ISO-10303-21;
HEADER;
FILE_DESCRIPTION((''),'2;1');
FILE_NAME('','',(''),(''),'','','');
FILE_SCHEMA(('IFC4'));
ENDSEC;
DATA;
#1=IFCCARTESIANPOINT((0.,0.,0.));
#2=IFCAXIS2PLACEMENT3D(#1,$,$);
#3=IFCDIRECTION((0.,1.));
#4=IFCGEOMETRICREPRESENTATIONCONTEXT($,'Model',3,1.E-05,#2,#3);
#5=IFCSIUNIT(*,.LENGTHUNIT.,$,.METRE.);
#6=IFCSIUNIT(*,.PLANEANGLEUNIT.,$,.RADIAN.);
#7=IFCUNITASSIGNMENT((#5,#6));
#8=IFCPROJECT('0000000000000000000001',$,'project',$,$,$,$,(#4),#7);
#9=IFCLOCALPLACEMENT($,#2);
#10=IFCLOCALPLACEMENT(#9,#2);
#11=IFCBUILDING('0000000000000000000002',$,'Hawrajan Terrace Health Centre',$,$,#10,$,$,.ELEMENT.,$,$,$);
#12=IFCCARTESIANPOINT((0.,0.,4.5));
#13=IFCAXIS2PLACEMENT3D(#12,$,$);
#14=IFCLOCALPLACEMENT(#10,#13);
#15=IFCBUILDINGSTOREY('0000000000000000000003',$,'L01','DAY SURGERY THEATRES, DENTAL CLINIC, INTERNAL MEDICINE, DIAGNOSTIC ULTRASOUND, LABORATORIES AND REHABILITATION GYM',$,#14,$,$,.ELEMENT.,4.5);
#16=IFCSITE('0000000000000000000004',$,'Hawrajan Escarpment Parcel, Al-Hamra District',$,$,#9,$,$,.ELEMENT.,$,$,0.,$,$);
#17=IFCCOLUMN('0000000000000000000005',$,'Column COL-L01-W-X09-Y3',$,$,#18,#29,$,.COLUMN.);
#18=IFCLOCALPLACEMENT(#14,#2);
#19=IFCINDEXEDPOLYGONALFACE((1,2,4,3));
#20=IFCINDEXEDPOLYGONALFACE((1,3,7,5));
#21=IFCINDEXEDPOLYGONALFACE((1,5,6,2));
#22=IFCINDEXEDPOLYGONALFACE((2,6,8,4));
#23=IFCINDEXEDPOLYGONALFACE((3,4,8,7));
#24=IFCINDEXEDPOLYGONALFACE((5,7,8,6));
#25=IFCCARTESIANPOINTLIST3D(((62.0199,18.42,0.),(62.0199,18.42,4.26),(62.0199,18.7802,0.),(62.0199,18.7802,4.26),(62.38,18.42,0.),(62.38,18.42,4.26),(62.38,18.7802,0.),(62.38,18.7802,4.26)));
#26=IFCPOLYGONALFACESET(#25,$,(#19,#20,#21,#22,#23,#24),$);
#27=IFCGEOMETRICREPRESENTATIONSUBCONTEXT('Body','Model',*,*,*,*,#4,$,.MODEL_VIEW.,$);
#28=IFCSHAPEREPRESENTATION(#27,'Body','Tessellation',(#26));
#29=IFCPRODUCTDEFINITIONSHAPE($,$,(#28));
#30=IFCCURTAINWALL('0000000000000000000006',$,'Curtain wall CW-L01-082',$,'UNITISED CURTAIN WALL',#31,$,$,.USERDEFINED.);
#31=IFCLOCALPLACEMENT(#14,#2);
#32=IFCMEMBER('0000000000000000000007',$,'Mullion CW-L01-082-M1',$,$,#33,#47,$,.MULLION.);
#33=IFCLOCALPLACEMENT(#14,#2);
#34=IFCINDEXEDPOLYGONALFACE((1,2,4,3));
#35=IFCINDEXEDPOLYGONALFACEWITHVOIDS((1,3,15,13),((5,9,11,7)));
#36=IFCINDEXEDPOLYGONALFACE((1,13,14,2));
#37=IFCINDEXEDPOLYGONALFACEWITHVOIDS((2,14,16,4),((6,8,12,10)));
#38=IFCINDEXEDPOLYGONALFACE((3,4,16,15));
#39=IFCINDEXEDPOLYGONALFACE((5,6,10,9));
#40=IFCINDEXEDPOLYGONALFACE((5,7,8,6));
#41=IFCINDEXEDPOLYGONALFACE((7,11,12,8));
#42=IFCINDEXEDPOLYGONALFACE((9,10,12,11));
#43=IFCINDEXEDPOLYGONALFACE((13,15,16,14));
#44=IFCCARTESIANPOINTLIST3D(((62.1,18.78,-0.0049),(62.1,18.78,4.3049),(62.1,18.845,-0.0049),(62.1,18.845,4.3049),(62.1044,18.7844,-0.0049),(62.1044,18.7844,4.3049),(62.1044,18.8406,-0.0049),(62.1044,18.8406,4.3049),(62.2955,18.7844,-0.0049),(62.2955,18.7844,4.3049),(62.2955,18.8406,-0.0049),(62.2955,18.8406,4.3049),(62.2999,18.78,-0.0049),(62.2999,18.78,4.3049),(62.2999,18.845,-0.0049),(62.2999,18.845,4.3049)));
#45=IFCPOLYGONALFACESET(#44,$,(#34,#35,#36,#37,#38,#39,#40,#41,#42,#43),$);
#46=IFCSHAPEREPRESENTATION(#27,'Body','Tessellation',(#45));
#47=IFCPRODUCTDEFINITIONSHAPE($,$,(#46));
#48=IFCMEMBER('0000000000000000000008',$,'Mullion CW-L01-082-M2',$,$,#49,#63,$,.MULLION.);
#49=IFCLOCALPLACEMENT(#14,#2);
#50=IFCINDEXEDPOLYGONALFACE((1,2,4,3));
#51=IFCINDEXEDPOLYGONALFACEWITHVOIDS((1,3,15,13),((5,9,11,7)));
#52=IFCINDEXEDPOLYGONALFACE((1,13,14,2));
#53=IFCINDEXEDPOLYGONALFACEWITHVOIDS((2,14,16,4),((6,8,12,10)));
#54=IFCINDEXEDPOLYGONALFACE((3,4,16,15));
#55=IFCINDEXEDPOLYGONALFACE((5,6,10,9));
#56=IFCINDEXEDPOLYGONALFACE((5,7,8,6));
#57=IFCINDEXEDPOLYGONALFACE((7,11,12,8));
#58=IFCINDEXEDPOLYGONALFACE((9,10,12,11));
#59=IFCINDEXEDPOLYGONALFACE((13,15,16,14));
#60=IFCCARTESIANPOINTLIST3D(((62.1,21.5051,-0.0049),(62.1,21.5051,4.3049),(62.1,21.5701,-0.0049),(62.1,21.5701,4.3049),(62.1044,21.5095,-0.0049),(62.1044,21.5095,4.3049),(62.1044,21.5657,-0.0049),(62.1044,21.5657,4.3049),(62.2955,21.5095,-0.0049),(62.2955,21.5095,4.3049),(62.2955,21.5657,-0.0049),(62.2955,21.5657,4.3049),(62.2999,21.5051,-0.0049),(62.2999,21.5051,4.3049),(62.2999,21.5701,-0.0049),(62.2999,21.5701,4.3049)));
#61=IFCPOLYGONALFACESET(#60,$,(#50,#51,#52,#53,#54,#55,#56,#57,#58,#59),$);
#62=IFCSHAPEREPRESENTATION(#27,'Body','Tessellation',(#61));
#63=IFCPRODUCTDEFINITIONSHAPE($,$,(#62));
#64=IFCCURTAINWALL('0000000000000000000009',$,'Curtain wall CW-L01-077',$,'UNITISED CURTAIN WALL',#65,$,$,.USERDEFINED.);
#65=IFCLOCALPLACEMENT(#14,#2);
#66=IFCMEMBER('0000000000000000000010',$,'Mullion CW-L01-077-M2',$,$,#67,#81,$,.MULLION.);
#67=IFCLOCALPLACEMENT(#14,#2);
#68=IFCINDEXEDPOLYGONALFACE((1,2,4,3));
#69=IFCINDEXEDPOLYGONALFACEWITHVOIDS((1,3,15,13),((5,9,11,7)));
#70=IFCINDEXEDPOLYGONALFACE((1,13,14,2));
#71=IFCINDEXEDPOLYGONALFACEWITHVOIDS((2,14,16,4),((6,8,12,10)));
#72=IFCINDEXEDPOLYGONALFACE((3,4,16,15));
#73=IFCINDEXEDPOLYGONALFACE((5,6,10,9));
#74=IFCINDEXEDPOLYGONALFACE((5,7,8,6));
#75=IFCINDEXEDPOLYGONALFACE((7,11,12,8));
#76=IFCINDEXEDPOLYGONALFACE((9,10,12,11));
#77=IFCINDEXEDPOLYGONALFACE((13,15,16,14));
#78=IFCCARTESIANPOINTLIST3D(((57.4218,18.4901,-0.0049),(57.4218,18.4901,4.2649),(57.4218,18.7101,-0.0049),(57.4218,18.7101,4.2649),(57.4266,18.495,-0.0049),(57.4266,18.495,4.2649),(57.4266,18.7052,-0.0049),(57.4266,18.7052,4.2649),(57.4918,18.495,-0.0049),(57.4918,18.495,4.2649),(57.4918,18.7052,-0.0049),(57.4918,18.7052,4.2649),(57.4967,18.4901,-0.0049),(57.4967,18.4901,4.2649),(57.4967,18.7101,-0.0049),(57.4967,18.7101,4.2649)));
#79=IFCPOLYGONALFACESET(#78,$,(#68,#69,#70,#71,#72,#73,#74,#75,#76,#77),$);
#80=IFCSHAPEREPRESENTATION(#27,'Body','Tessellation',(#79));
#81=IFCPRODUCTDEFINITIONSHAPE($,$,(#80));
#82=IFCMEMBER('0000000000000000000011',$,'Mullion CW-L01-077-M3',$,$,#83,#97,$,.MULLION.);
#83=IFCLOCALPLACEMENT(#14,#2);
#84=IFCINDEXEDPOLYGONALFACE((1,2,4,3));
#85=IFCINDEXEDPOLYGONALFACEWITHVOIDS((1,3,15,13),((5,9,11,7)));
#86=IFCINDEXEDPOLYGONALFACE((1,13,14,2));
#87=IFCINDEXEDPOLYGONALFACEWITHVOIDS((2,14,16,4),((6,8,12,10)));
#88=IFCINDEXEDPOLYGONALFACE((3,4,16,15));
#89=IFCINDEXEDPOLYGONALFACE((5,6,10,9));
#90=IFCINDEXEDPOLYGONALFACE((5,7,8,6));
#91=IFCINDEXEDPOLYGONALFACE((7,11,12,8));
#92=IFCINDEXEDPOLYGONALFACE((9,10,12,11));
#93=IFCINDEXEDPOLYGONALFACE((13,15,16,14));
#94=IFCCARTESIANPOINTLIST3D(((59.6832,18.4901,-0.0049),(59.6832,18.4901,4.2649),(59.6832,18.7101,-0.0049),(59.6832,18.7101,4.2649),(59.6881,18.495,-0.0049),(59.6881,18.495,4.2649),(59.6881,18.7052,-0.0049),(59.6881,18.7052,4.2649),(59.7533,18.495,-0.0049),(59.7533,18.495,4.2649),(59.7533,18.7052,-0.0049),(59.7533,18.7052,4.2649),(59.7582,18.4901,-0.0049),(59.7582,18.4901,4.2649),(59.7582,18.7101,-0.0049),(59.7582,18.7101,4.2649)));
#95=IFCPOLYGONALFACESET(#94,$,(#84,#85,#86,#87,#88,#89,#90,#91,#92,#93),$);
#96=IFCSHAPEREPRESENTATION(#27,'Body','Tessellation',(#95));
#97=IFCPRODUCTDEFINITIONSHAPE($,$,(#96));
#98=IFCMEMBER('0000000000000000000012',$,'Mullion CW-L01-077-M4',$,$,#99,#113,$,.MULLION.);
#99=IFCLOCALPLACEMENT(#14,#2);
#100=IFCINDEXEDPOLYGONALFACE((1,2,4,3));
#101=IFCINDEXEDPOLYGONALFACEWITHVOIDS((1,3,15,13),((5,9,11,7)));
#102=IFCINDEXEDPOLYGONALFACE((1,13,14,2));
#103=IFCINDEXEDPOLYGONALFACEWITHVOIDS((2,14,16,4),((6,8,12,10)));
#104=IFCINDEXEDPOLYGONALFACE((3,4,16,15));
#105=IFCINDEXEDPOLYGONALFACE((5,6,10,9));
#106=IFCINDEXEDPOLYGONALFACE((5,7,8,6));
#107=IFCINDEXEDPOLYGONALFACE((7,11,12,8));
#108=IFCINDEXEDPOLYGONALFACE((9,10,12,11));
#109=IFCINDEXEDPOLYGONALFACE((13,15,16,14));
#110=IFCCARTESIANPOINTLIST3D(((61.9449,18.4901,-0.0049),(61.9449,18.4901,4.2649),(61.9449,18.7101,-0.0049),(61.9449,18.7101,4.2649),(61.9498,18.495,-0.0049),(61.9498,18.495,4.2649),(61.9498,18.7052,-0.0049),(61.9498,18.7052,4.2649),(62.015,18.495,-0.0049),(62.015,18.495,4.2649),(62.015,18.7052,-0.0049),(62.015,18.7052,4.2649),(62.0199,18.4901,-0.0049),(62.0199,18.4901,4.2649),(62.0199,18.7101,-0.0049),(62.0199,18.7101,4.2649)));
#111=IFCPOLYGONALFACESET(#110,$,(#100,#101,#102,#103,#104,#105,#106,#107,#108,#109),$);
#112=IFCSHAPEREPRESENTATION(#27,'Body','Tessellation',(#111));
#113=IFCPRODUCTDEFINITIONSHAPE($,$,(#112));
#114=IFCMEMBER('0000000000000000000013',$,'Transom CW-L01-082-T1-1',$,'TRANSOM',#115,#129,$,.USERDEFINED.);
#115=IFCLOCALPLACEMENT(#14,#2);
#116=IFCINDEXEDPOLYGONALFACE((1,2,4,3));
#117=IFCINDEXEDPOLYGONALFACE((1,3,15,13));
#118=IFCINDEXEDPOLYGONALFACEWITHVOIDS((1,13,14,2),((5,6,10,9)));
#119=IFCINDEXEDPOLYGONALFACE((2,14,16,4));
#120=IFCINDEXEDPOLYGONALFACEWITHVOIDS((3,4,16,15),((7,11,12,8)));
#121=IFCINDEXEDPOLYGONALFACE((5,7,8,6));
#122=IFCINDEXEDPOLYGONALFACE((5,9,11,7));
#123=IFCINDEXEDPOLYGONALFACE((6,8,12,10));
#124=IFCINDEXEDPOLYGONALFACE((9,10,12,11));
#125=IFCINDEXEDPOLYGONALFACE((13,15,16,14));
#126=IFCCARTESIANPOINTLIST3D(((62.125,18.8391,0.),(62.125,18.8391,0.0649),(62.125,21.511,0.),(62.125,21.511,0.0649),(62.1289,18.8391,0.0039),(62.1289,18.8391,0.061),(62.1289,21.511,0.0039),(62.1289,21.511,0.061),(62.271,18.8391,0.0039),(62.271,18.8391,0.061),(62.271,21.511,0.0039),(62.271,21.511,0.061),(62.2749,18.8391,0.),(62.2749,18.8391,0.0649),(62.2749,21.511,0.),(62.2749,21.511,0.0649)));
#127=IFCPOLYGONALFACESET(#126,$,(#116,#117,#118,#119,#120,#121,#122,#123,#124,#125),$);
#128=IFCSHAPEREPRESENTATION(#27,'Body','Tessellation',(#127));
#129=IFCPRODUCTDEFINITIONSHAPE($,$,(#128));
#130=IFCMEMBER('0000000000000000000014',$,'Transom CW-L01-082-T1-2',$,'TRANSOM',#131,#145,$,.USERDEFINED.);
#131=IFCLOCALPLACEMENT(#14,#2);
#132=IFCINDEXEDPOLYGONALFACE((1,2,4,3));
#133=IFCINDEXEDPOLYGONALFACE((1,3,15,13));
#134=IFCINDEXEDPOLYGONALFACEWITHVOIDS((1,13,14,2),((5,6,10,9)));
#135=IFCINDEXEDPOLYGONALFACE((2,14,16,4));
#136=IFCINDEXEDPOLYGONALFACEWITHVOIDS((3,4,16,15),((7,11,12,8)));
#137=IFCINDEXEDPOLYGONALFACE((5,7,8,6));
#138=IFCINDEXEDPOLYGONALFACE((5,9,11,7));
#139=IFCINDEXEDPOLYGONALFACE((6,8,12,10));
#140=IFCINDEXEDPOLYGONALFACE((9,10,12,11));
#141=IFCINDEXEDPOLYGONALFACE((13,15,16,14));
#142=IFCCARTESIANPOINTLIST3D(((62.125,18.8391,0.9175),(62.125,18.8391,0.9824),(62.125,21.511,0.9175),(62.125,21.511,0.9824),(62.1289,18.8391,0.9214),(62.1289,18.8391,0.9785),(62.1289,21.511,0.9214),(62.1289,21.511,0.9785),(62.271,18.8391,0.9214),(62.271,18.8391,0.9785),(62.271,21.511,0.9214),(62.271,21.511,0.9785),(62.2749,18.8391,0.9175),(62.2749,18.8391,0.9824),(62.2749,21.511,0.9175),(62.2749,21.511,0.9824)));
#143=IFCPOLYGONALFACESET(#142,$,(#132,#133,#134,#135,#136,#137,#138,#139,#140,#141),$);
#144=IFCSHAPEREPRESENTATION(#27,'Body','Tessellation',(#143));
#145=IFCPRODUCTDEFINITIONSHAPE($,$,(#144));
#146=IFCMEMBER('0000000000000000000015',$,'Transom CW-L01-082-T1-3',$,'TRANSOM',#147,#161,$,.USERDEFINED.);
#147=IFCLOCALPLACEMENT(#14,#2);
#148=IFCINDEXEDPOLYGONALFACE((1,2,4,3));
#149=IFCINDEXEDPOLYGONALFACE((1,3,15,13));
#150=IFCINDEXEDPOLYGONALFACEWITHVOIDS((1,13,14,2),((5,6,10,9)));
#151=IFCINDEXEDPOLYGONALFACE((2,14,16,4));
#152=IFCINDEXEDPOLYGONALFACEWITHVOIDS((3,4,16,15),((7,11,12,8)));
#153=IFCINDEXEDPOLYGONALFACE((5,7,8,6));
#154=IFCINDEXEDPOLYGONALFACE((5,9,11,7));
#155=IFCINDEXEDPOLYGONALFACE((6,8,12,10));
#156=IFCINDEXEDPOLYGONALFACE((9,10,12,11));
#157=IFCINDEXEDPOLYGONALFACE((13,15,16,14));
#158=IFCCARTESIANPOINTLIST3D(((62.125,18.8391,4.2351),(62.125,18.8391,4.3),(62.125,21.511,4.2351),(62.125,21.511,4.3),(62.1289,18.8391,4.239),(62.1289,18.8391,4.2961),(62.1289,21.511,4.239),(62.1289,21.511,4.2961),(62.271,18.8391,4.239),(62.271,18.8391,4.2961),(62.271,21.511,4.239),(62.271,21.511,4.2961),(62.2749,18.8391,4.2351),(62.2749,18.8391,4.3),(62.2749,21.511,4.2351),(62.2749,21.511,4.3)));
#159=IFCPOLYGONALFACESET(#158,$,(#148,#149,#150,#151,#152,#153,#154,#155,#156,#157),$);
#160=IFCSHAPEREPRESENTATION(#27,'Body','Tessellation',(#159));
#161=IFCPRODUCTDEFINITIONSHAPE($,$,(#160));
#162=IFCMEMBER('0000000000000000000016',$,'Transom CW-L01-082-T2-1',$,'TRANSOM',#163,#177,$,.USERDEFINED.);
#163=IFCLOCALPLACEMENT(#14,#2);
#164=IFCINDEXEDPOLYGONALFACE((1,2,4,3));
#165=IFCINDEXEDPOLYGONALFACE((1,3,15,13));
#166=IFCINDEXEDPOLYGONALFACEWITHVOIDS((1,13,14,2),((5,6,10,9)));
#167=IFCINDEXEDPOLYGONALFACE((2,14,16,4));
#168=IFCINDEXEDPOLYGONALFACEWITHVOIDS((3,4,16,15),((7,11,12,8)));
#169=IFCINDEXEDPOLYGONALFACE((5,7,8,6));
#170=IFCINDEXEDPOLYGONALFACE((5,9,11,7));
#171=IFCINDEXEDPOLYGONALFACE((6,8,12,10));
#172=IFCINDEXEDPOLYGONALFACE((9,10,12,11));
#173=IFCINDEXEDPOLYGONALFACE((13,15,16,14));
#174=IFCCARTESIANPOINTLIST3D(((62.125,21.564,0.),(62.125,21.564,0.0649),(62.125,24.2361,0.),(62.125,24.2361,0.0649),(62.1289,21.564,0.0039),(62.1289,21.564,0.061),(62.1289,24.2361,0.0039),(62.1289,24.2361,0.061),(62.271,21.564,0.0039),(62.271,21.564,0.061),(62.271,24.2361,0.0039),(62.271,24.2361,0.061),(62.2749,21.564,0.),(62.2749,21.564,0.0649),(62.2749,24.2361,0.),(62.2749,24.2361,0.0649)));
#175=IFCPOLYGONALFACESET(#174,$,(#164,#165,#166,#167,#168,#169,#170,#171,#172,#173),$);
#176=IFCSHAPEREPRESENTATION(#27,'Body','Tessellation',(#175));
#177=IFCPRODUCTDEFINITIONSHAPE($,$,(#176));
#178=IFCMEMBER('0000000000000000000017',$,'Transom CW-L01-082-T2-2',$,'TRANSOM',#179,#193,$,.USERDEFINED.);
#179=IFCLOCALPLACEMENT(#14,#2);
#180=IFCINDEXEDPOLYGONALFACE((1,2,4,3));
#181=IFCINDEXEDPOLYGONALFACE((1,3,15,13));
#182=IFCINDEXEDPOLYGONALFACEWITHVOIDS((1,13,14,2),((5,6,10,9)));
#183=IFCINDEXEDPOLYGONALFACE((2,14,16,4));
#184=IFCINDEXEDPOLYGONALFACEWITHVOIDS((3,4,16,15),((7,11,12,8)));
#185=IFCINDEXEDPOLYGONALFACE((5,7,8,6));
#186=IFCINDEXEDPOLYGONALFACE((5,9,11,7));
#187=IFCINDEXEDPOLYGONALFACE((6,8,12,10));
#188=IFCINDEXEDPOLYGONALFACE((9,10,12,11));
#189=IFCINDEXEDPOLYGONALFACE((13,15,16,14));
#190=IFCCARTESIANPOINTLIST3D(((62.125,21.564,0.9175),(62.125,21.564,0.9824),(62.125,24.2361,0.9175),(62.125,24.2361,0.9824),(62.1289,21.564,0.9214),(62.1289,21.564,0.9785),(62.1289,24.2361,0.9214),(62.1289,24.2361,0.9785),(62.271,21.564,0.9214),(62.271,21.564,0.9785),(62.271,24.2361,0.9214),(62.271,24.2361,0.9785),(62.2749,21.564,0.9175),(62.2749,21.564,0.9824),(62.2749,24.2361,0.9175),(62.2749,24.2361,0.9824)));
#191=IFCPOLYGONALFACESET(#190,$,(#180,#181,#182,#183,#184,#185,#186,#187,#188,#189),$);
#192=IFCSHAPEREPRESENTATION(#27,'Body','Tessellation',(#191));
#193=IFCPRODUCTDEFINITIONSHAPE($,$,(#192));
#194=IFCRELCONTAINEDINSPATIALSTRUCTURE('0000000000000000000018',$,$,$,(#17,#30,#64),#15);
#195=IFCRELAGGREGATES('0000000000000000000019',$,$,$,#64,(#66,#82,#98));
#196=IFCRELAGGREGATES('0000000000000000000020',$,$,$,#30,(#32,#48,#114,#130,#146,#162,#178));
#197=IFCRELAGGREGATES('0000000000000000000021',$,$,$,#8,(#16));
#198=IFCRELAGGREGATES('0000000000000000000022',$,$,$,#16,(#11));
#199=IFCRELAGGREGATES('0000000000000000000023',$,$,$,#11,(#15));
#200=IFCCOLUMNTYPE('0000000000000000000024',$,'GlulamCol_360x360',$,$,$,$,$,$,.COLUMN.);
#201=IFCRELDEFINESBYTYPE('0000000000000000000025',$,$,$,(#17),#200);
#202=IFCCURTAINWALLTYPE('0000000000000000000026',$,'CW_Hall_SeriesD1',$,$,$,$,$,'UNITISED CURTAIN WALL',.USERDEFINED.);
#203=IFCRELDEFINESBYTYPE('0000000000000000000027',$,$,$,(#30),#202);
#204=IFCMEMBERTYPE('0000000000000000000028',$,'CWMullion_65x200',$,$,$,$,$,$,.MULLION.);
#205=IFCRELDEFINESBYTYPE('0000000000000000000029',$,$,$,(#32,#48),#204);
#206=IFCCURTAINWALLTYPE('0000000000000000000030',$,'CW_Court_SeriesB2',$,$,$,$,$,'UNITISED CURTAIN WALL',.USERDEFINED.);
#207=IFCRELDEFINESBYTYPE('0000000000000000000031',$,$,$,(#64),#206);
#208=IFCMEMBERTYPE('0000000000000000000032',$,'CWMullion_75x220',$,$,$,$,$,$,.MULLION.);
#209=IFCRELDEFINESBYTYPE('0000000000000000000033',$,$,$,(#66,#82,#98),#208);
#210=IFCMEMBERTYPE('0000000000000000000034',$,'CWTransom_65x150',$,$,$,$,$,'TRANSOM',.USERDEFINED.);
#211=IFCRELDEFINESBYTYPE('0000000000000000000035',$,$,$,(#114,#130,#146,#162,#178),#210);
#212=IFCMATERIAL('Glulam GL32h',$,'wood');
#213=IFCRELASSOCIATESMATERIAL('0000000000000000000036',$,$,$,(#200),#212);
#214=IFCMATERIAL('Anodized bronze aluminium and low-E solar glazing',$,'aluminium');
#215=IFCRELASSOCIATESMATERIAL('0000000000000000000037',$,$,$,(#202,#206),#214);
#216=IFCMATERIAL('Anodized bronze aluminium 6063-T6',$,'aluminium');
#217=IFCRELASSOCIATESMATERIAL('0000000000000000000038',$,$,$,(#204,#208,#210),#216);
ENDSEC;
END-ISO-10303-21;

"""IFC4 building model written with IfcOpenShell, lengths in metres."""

from ifc_helpers import new_model, si_unit, direction, frame, origin, origin_2d, place, context, subcontext, project, spatial, rectangle, hollow_rectangle, extrude, material, material_profile, profile_set, type_object, element, aggregate, save


model = new_model("IFC4")

# Units and contexts
model_context = context("Model", 3, precision=1e-05, world=origin(), true_north=direction((0.0, 1.0)))
body_context = subcontext(model_context, "Body", "Model", "MODEL_VIEW")
ifc_project = project(units=[si_unit("LENGTHUNIT", "METRE"), si_unit("PLANEANGLEUNIT", "RADIAN")], contexts=[model_context])

# Site, building, storey
site_placement = place(None, origin())
site = spatial("IfcSite", under=ifc_project, at=site_placement, Name="Hawrajan Escarpment Parcel, Al-Hamra District", CompositionType="ELEMENT", RefElevation=0.0)
building_placement = place(site_placement, origin())
building = spatial("IfcBuilding", under=site, at=building_placement, Name="Hawrajan Terrace Health Centre", CompositionType="ELEMENT")
storey_placement = place(building_placement, frame((0.0, 0.0, 4.5)))
storey = spatial("IfcBuildingStorey", under=building, at=storey_placement, Name="L01", Description="DAY SURGERY THEATRES, DENTAL CLINIC, INTERNAL MEDICINE, DIAGNOSTIC ULTRASOUND, LABORATORIES AND REHABILITATION GYM", CompositionType="ELEMENT", Elevation=4.5)

# Column
ifc_material_1 = material(Name="Glulam GL32h", Category="wood")
ifc_material_profile_1 = material_profile(ifc_material_1, rectangle(XDim=0.3601, YDim=0.3601, at=origin_2d()), Name="GL 360x360")
ifc_profile_set_1 = profile_set([ifc_material_profile_1], Name="Glulam GL32h")
column_type = type_object("IfcColumnType", Name="GlulamCol_360x360", PredefinedType="COLUMN", material=ifc_profile_set_1)
column_placement = place(storey_placement, frame((62.2, 18.6001, 0.0), z_axis=(0.0, 0.0, 1.0), x_axis=(1.0, 0.0, 0.0)))
element("IfcColumn", 1, at=column_placement, inside=storey, type_object=column_type, Name="Column COL-L01-W-X09-Y3", PredefinedType="COLUMN", context=body_context, shape_type="SweptSolid", body=[
    extrude(rectangle(XDim=0.3601, YDim=0.3601, at=origin_2d()), origin(), (0.0, 0.0, 1.0), 4.26),
])

# Curtain walls, members
ifc_material_2 = material(Name="Anodized bronze aluminium and low-E solar glazing", Category="aluminium")
curtain_wall_type_1 = type_object("IfcCurtainWallType", Name="CW_Hall_SeriesD1", ElementType="UNITISED CURTAIN WALL", PredefinedType="USERDEFINED", material=ifc_material_2)
curtain_wall_1_placement = place(storey_placement, origin())
curtain_wall_1 = element("IfcCurtainWall", 2, at=curtain_wall_1_placement, inside=storey, type_object=curtain_wall_type_1, Name="Curtain wall CW-L01-082", ObjectType="UNITISED CURTAIN WALL", PredefinedType="USERDEFINED")
ifc_material_3 = material(Name="Anodized bronze aluminium 6063-T6", Category="aluminium")
ifc_material_profile_2 = material_profile(ifc_material_3, hollow_rectangle(XDim=0.0649, YDim=0.2, WallThickness=0.0044, at=origin_2d()), Name="CW MUL 65x200")
ifc_profile_set_2 = profile_set([ifc_material_profile_2], Name="Anodized bronze aluminium 6063-T6")
member_type_1 = type_object("IfcMemberType", Name="CWMullion_65x200", PredefinedType="MULLION", material=ifc_profile_set_2)
member_1_placement = place(storey_placement, frame((62.2, 18.8125, -0.0049), z_axis=(0.0, 0.0, 1.0), x_axis=(0.0, 1.0, 0.0)))
member_1 = element("IfcMember", 3, at=member_1_placement, type_object=member_type_1, Name="Mullion CW-L01-082-M1", PredefinedType="MULLION", context=body_context, shape_type="SweptSolid", body=[
    extrude(hollow_rectangle(XDim=0.0649, YDim=0.2, WallThickness=0.0044, at=origin_2d()), origin(), (0.0, 0.0, 1.0), 4.3098),
])
member_2_placement = place(storey_placement, frame((62.2, 21.5376, -0.0049), z_axis=(0.0, 0.0, 1.0), x_axis=(0.0, 1.0, 0.0)))
member_2 = element("IfcMember", 4, at=member_2_placement, type_object=member_type_1, Name="Mullion CW-L01-082-M2", PredefinedType="MULLION", context=body_context, shape_type="SweptSolid", body=[
    extrude(hollow_rectangle(XDim=0.0649, YDim=0.2, WallThickness=0.0044, at=origin_2d()), origin(), (0.0, 0.0, 1.0), 4.3098),
])
curtain_wall_type_2 = type_object("IfcCurtainWallType", Name="CW_Court_SeriesB2", ElementType="UNITISED CURTAIN WALL", PredefinedType="USERDEFINED", material=ifc_material_2)
curtain_wall_2_placement = place(storey_placement, origin())
curtain_wall_2 = element("IfcCurtainWall", 5, at=curtain_wall_2_placement, inside=storey, type_object=curtain_wall_type_2, Name="Curtain wall CW-L01-077", ObjectType="UNITISED CURTAIN WALL", PredefinedType="USERDEFINED")
ifc_material_profile_3 = material_profile(ifc_material_3, hollow_rectangle(XDim=0.075, YDim=0.22, WallThickness=0.0049, at=origin_2d()), Name="CW MUL 75x220")
ifc_profile_set_3 = profile_set([ifc_material_profile_3], Name="Anodized bronze aluminium 6063-T6")
member_type_2 = type_object("IfcMemberType", Name="CWMullion_75x220", PredefinedType="MULLION", material=ifc_profile_set_3)
member_3_placement = place(storey_placement, frame((57.4592, 18.6001, -0.0049), z_axis=(0.0, 0.0, 1.0), x_axis=(1.0, 0.0, 0.0)))
member_3 = element("IfcMember", 6, at=member_3_placement, type_object=member_type_2, Name="Mullion CW-L01-077-M2", PredefinedType="MULLION", context=body_context, shape_type="SweptSolid", body=[
    extrude(hollow_rectangle(XDim=0.075, YDim=0.22, WallThickness=0.0049, at=origin_2d()), origin(), (0.0, 0.0, 1.0), 4.2698),
])
member_4_placement = place(storey_placement, frame((59.7207, 18.6001, -0.0049), z_axis=(0.0, 0.0, 1.0), x_axis=(1.0, 0.0, 0.0)))
member_4 = element("IfcMember", 7, at=member_4_placement, type_object=member_type_2, Name="Mullion CW-L01-077-M3", PredefinedType="MULLION", context=body_context, shape_type="SweptSolid", body=[
    extrude(hollow_rectangle(XDim=0.075, YDim=0.22, WallThickness=0.0049, at=origin_2d()), origin(), (0.0, 0.0, 1.0), 4.2698),
])
member_5_placement = place(storey_placement, frame((61.9824, 18.6001, -0.0049), z_axis=(0.0, 0.0, 1.0), x_axis=(1.0, 0.0, 0.0)))
member_5 = element("IfcMember", 8, at=member_5_placement, type_object=member_type_2, Name="Mullion CW-L01-077-M4", PredefinedType="MULLION", context=body_context, shape_type="SweptSolid", body=[
    extrude(hollow_rectangle(XDim=0.075, YDim=0.22, WallThickness=0.0049, at=origin_2d()), origin(), (0.0, 0.0, 1.0), 4.2698),
])

# Members
ifc_material_profile_4 = material_profile(ifc_material_3, hollow_rectangle(XDim=0.0649, YDim=0.1499, WallThickness=0.0039, at=origin_2d()), Name="CW TRN 65x150")
ifc_profile_set_4 = profile_set([ifc_material_profile_4], Name="Anodized bronze aluminium 6063-T6")
member_type_3 = type_object("IfcMemberType", Name="CWTransom_65x150", ElementType="TRANSOM", PredefinedType="USERDEFINED", material=ifc_profile_set_4)
member_6_placement = place(storey_placement, frame((62.2, 18.8391, 0.0325), z_axis=(0.0, 1.0, 0.0), x_axis=(0.0, 0.0, 1.0)))
member_6 = element("IfcMember", 9, at=member_6_placement, type_object=member_type_3, Name="Transom CW-L01-082-T1-1", ObjectType="TRANSOM", PredefinedType="USERDEFINED", context=body_context, shape_type="SweptSolid", body=[
    extrude(hollow_rectangle(XDim=0.0649, YDim=0.1499, WallThickness=0.0039, at=origin_2d()), origin(), (0.0, 0.0, 1.0), 2.6719),
])
member_7_placement = place(storey_placement, frame((62.2, 18.8391, 0.95), z_axis=(0.0, 1.0, 0.0), x_axis=(0.0, 0.0, 1.0)))
member_7 = element("IfcMember", 10, at=member_7_placement, type_object=member_type_3, Name="Transom CW-L01-082-T1-2", ObjectType="TRANSOM", PredefinedType="USERDEFINED", context=body_context, shape_type="SweptSolid", body=[
    extrude(hollow_rectangle(XDim=0.0649, YDim=0.1499, WallThickness=0.0039, at=origin_2d()), origin(), (0.0, 0.0, 1.0), 2.6719),
])
member_8_placement = place(storey_placement, frame((62.2, 18.8391, 4.2676), z_axis=(0.0, 1.0, 0.0), x_axis=(0.0, 0.0, 1.0)))
member_8 = element("IfcMember", 11, at=member_8_placement, type_object=member_type_3, Name="Transom CW-L01-082-T1-3", ObjectType="TRANSOM", PredefinedType="USERDEFINED", context=body_context, shape_type="SweptSolid", body=[
    extrude(hollow_rectangle(XDim=0.0649, YDim=0.1499, WallThickness=0.0039, at=origin_2d()), origin(), (0.0, 0.0, 1.0), 2.6719),
])
member_9_placement = place(storey_placement, frame((62.2, 21.564, 0.0325), z_axis=(0.0, 1.0, 0.0), x_axis=(0.0, 0.0, 1.0)))
member_9 = element("IfcMember", 12, at=member_9_placement, type_object=member_type_3, Name="Transom CW-L01-082-T2-1", ObjectType="TRANSOM", PredefinedType="USERDEFINED", context=body_context, shape_type="SweptSolid", body=[
    extrude(hollow_rectangle(XDim=0.0649, YDim=0.1499, WallThickness=0.0039, at=origin_2d()), origin(), (0.0, 0.0, 1.0), 2.6721),
])
member_10_placement = place(storey_placement, frame((62.2, 21.564, 0.95), z_axis=(0.0, 1.0, 0.0), x_axis=(0.0, 0.0, 1.0)))
member_10 = element("IfcMember", 13, at=member_10_placement, type_object=member_type_3, Name="Transom CW-L01-082-T2-2", ObjectType="TRANSOM", PredefinedType="USERDEFINED", context=body_context, shape_type="SweptSolid", body=[
    extrude(hollow_rectangle(XDim=0.0649, YDim=0.1499, WallThickness=0.0039, at=origin_2d()), origin(), (0.0, 0.0, 1.0), 2.6721),
])

aggregate(curtain_wall_2, [member_3, member_4, member_5])
aggregate(curtain_wall_1, [member_1, member_2, member_6, member_7, member_8, member_9, member_10])

save(model, "model.ifc")
